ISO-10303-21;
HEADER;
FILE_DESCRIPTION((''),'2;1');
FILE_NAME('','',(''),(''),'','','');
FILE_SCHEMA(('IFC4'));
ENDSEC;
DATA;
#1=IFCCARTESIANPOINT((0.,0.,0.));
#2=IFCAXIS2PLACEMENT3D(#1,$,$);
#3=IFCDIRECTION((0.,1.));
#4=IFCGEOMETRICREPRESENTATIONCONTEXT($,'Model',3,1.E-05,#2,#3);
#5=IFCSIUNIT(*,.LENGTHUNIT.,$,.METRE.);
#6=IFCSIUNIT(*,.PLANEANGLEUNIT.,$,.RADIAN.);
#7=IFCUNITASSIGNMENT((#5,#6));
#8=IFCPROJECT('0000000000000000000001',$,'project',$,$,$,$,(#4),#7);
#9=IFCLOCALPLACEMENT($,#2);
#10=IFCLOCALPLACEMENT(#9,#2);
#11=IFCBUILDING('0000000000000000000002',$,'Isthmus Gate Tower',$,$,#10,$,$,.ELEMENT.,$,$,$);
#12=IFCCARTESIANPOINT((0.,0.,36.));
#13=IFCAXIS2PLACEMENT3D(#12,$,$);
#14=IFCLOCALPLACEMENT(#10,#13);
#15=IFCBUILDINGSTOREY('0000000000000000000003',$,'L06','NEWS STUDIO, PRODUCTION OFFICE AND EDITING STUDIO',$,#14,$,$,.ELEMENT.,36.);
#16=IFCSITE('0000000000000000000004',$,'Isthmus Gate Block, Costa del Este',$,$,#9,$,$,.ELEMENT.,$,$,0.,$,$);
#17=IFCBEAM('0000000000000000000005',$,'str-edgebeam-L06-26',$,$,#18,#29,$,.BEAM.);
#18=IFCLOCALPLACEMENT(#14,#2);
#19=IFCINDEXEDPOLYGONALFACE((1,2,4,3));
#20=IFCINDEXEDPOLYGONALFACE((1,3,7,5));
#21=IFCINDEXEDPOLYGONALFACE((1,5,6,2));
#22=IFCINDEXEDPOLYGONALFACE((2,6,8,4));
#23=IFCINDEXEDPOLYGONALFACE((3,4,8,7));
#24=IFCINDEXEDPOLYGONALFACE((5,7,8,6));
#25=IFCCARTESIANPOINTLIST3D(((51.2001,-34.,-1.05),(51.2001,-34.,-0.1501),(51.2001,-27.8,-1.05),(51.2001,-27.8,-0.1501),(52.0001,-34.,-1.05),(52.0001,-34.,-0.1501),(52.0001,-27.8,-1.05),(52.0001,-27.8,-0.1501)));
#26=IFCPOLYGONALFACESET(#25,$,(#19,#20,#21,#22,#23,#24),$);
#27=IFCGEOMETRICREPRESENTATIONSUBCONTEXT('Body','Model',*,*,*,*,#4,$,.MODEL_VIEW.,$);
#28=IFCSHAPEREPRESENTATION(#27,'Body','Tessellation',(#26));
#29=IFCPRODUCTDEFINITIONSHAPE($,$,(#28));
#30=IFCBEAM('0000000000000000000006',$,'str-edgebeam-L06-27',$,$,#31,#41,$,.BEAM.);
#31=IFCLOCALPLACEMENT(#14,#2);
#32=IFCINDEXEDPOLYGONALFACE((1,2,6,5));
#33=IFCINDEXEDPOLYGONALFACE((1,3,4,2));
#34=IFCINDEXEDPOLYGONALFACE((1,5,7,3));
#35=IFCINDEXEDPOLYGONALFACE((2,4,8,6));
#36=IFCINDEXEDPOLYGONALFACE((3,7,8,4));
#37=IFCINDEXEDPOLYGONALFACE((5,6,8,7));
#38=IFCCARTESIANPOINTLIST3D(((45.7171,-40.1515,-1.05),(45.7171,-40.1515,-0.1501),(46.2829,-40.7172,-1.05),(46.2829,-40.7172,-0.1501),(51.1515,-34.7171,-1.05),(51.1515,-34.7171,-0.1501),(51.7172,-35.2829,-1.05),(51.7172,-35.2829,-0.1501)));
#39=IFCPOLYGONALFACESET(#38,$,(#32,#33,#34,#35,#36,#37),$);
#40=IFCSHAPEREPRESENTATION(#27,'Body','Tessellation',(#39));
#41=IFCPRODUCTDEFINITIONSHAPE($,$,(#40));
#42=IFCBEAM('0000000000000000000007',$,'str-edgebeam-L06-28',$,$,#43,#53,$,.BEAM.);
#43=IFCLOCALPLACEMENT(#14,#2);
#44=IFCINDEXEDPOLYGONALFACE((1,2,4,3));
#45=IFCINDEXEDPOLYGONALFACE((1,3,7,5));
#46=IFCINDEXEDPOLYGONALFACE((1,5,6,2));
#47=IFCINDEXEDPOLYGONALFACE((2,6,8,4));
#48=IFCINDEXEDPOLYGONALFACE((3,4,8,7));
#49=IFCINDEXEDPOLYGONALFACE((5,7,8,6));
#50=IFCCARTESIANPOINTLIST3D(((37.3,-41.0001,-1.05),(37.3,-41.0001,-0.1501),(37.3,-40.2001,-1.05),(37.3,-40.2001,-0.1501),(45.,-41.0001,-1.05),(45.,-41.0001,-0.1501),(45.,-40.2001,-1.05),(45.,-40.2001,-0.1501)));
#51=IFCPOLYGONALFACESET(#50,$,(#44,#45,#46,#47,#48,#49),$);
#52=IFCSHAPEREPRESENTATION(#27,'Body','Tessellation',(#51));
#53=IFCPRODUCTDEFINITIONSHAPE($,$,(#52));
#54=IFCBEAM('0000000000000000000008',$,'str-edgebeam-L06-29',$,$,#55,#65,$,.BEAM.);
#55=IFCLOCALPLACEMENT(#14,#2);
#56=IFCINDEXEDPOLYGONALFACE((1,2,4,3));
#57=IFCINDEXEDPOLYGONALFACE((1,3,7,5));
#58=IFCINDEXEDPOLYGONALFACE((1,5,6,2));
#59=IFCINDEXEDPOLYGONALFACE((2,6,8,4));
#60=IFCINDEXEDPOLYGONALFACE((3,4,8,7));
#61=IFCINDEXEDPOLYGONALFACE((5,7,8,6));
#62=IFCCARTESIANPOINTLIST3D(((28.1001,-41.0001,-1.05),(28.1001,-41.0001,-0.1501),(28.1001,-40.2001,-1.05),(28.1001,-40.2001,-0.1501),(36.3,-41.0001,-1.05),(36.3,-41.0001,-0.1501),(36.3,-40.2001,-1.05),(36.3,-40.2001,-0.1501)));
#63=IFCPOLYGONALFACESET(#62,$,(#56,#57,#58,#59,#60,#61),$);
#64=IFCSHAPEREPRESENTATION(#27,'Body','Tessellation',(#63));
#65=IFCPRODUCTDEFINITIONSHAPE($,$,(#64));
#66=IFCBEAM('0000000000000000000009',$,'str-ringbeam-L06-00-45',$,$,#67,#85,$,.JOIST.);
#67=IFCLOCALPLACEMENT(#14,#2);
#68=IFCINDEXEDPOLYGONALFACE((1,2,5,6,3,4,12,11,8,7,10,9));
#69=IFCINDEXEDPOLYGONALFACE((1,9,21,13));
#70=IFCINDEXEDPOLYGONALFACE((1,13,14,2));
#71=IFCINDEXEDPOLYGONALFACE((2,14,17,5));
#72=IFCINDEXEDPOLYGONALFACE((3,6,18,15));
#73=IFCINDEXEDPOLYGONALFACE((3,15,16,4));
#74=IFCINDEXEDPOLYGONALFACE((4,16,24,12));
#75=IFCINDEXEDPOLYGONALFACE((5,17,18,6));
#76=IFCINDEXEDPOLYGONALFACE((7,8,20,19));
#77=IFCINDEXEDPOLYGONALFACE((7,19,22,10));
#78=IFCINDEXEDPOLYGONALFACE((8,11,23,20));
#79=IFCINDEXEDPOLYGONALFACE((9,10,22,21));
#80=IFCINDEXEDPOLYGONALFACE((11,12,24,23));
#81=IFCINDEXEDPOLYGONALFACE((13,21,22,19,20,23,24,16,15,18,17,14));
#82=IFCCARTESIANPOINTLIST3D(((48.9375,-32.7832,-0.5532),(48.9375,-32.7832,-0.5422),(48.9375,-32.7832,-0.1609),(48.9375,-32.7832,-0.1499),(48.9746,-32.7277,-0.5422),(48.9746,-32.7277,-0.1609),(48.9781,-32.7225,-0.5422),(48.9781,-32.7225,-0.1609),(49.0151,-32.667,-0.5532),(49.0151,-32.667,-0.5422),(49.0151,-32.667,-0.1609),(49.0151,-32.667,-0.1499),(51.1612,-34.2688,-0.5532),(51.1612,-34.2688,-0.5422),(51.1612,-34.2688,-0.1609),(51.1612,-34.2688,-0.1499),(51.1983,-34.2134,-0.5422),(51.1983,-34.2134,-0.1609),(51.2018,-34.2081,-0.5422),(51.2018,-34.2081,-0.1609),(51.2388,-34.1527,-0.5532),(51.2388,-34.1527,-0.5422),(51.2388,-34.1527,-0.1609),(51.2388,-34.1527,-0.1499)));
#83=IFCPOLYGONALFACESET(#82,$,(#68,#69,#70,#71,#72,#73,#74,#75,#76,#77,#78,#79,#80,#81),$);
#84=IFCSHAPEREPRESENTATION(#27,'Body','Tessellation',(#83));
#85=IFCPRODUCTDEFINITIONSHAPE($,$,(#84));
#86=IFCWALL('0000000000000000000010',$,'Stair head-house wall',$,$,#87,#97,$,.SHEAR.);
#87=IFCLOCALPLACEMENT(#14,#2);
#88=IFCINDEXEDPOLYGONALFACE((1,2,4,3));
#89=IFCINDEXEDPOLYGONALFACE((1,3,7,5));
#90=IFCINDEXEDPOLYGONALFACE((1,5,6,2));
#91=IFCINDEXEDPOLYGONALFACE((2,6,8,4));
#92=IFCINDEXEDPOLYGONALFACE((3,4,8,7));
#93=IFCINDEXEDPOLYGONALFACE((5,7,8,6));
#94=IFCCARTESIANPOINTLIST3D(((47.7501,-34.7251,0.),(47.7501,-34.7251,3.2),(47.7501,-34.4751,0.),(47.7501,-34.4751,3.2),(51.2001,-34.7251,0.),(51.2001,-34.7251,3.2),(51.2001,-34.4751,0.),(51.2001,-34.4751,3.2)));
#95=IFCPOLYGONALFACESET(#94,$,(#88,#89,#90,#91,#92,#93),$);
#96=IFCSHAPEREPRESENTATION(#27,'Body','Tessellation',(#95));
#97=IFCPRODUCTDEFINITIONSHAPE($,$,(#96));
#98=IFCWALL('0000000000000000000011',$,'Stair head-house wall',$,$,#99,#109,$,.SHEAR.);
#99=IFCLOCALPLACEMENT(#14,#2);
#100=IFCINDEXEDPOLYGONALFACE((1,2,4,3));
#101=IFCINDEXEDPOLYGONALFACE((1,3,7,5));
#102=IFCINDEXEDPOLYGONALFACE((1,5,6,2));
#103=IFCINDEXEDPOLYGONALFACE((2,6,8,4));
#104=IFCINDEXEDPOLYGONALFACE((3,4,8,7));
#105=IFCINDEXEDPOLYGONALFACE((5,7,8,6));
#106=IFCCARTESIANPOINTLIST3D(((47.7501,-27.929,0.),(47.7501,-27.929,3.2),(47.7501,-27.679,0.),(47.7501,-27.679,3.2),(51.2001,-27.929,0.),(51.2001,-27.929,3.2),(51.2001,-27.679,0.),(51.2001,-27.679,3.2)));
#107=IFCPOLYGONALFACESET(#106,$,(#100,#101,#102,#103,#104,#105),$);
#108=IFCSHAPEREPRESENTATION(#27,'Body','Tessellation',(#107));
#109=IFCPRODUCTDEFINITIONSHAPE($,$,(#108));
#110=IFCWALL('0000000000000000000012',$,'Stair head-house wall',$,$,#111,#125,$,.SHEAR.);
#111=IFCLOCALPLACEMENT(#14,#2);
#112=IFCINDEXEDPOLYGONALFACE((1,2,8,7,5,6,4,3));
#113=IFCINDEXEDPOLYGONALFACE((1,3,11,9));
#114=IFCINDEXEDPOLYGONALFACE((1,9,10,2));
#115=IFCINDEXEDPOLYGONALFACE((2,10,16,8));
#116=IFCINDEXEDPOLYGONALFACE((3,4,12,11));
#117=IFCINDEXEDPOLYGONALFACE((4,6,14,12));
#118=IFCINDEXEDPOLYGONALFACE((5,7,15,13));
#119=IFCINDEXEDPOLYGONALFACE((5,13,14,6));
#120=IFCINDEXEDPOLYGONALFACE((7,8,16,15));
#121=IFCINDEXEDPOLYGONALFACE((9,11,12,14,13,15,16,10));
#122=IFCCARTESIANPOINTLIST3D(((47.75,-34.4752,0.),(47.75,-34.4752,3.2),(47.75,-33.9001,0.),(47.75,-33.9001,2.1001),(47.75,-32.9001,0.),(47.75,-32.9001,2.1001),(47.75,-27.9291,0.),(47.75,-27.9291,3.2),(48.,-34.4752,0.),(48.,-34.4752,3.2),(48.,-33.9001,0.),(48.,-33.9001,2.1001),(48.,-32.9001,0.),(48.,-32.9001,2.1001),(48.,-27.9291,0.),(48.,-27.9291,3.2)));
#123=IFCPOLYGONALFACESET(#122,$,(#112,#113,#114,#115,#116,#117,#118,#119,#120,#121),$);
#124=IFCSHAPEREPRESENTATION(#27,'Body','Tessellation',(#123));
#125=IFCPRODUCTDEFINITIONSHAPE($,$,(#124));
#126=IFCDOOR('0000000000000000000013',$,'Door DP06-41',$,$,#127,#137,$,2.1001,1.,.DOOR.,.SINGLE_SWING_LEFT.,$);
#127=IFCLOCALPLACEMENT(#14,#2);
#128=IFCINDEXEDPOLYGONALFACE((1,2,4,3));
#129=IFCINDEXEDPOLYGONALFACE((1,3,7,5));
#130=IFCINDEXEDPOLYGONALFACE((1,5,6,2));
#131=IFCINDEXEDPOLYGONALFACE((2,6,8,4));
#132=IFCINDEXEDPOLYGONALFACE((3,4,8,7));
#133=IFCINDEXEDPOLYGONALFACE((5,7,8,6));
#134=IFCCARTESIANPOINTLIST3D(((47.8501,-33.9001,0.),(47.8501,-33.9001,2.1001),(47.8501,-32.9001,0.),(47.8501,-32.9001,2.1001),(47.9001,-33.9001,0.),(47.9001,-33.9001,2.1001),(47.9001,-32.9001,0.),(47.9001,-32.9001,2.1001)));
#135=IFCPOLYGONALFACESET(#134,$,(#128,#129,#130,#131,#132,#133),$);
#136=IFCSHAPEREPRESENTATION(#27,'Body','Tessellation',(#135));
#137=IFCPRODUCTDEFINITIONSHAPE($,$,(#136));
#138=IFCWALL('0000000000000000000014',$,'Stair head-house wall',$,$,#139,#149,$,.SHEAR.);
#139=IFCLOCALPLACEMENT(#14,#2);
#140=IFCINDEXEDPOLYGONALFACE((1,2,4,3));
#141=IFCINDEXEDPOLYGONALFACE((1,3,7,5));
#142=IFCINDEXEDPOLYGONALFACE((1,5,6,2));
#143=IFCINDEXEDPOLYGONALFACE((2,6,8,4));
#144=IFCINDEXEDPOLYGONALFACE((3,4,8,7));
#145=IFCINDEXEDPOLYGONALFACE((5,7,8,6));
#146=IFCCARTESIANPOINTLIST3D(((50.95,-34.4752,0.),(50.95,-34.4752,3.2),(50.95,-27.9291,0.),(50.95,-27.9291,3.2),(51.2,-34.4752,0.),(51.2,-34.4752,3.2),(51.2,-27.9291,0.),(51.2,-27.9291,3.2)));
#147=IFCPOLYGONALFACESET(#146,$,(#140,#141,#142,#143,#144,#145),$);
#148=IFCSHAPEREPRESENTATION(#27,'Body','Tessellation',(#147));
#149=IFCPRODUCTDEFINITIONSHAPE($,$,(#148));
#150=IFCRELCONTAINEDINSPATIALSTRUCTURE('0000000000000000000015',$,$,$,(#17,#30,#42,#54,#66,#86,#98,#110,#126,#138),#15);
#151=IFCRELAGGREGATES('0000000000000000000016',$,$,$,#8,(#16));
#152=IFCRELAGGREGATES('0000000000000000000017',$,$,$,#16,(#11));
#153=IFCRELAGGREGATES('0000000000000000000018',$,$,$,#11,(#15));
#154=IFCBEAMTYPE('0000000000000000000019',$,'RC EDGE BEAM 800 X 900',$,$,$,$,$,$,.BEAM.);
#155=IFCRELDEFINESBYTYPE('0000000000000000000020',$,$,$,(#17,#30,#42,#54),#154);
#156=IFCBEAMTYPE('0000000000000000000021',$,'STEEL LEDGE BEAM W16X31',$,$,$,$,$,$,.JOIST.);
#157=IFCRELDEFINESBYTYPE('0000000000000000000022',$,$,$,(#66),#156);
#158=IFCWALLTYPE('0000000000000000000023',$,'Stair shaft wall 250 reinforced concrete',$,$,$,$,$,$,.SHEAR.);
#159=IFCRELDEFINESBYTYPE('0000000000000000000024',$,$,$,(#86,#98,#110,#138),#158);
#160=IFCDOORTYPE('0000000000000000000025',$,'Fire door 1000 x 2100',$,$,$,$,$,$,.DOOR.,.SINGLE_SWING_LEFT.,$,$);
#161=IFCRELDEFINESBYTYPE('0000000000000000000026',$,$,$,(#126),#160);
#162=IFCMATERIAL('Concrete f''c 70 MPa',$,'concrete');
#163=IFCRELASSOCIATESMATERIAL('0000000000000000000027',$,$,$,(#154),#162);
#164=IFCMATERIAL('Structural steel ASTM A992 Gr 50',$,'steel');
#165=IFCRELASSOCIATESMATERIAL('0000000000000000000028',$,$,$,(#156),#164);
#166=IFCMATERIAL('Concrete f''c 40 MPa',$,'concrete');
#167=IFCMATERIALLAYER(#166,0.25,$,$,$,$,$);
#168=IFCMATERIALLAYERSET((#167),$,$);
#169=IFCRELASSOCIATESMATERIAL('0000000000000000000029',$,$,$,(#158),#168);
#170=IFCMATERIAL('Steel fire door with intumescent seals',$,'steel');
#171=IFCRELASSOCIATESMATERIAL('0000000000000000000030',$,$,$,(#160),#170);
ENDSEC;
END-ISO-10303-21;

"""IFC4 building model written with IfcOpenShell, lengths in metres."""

from ifc_helpers import new_model, si_unit, direction, frame, frame_2d, origin, origin_2d, place, context, subcontext, project, spatial, rectangle, i_section, extrude, material, layer, layer_set, material_profile, profile_set, type_object, element, fill, save


model = new_model("IFC4")

# Units and contexts
model_context = context("Model", 3, precision=1e-05, world=origin(), true_north=direction((0.0, 1.0)))
body_context = subcontext(model_context, "Body", "Model", "MODEL_VIEW")
ifc_project = project(units=[si_unit("LENGTHUNIT", "METRE"), si_unit("PLANEANGLEUNIT", "RADIAN")], contexts=[model_context])

# Site, building, storey
site_placement = place(None, origin())
site = spatial("IfcSite", under=ifc_project, at=site_placement, Name="Isthmus Gate Block, Costa del Este", CompositionType="ELEMENT", RefElevation=0.0)
building_placement = place(site_placement, origin())
building = spatial("IfcBuilding", under=site, at=building_placement, Name="Isthmus Gate Tower", CompositionType="ELEMENT")
storey_placement = place(building_placement, frame((0.0, 0.0, 36.0)))
storey = spatial("IfcBuildingStorey", under=building, at=storey_placement, Name="L06", Description="NEWS STUDIO, PRODUCTION OFFICE AND EDITING STUDIO", CompositionType="ELEMENT", Elevation=36.0)

# Beams
ifc_material_1 = material(Name="Concrete f'c 70 MPa", Category="concrete")
ifc_material_profile_1 = material_profile(ifc_material_1, rectangle(XDim=0.8, YDim=0.8999, at=origin_2d()), Name="RC 800X900")
ifc_profile_set_1 = profile_set([ifc_material_profile_1], Name="Concrete f'c 70 MPa")
beam_type_1 = type_object("IfcBeamType", Name="RC EDGE BEAM 800 X 900", PredefinedType="BEAM", material=ifc_profile_set_1)
beam_1_placement = place(storey_placement, frame((51.6001, -27.8, -0.6001), z_axis=(0.0, -1.0, 0.0), x_axis=(1.0, 0.0, 0.0)))
element("IfcBeam", 1, at=beam_1_placement, inside=storey, type_object=beam_type_1, Name="str-edgebeam-L06-26", PredefinedType="BEAM", context=body_context, shape_type="SweptSolid", body=[
    extrude(rectangle(XDim=0.8, YDim=0.8999, at=origin_2d()), origin(), (0.0, 0.0, 1.0), 6.2),
])
beam_2_placement = place(storey_placement, frame((51.4343, -35.0, -0.6001), z_axis=(-0.707107, -0.707107, 0.0), x_axis=(0.707107, -0.707107, 0.0)))
element("IfcBeam", 2, at=beam_2_placement, inside=storey, type_object=beam_type_1, Name="str-edgebeam-L06-27", PredefinedType="BEAM", context=body_context, shape_type="SweptSolid", body=[
    extrude(rectangle(XDim=0.8, YDim=0.8999, at=origin_2d()), origin(), (0.0, 0.0, 1.0), 7.6853),
])
beam_3_placement = place(storey_placement, frame((45.0, -40.6001, -0.6001), z_axis=(-1.0, 0.0, 0.0), x_axis=(0.0, -1.0, 0.0)))
element("IfcBeam", 3, at=beam_3_placement, inside=storey, type_object=beam_type_1, Name="str-edgebeam-L06-28", PredefinedType="BEAM", context=body_context, shape_type="SweptSolid", body=[
    extrude(rectangle(XDim=0.8, YDim=0.8999, at=origin_2d()), origin(), (0.0, 0.0, 1.0), 7.7),
])
beam_4_placement = place(storey_placement, frame((36.3, -40.6001, -0.6001), z_axis=(-1.0, 0.0, 0.0), x_axis=(0.0, -1.0, 0.0)))
element("IfcBeam", 4, at=beam_4_placement, inside=storey, type_object=beam_type_1, Name="str-edgebeam-L06-29", PredefinedType="BEAM", context=body_context, shape_type="SweptSolid", body=[
    extrude(rectangle(XDim=0.8, YDim=0.8999, at=origin_2d()), origin(), (0.0, 0.0, 1.0), 8.2),
])
ifc_material_2 = material(Name="Structural steel ASTM A992 Gr 50", Category="steel")
ifc_material_profile_2 = material_profile(ifc_material_2, i_section(OverallWidth=0.1396, OverallDepth=0.4033, WebThickness=0.0063, FlangeThickness=0.011, at=origin_2d()), Name="W16X31")
ifc_profile_set_2 = profile_set([ifc_material_profile_2], Name="Structural steel ASTM A992 Gr 50")
beam_type_2 = type_object("IfcBeamType", Name="STEEL LEDGE BEAM W16X31", PredefinedType="JOIST", material=ifc_profile_set_2)
beam_5_placement = place(storey_placement, frame((48.9763, -32.7251, -0.3516), z_axis=(0.831502, -0.555522, 0.0), x_axis=(0.555522, 0.831502, 0.0)))
element("IfcBeam", 5, at=beam_5_placement, inside=storey, type_object=beam_type_2, Name="str-ringbeam-L06-00-45", PredefinedType="JOIST", context=body_context, shape_type="SweptSolid", body=[
    extrude(i_section(OverallWidth=0.1396, OverallDepth=0.4033, WebThickness=0.0063, FlangeThickness=0.011, at=origin_2d()), origin(), (0.0, 0.0, 1.0), 2.6743),
])

# Walls
ifc_material_3 = material(Name="Concrete f'c 40 MPa", Category="concrete")
ifc_layer = layer(ifc_material_3, 0.25)
ifc_layer_set = layer_set([ifc_layer])
wall_type = type_object("IfcWallType", Name="Stair shaft wall 250 reinforced concrete", PredefinedType="SHEAR", material=ifc_layer_set)
for number, where, z_axis, x_axis, name in (
    (6, (47.75, -34.6001, 0.0), (0.0, 0.0, 1.0), (1.0, 0.0, 0.0), "Stair head-house wall"),
    (7, (47.75, -27.804, 0.0), (0.0, 0.0, 1.0), (1.0, 0.0, 0.0), "Stair head-house wall"),
):
    element("IfcWall", number, at=place(storey_placement, frame(where, z_axis=z_axis, x_axis=x_axis)), inside=storey, type_object=wall_type, Name=name, PredefinedType="SHEAR", context=body_context, shape_type="SweptSolid", body=[
        extrude(rectangle(XDim=3.45, YDim=0.25, at=frame_2d((1.7251, 0.0))), origin(), (0.0, 0.0, 1.0), 3.2),
    ])

# Wall, opening, door
wall_1_placement = place(storey_placement, frame((47.875, -34.4751, 0.0), z_axis=(0.0, 0.0, 1.0), x_axis=(0.0, 1.0, 0.0)))
wall_1 = element("IfcWall", 8, at=wall_1_placement, inside=storey, type_object=wall_type, Name="Stair head-house wall", PredefinedType="SHEAR", context=body_context, shape_type="SweptSolid", body=[
    extrude(rectangle(XDim=6.5461, YDim=0.25, at=frame_2d((3.2729, 0.0))), origin(), (0.0, 0.0, 1.0), 3.2),
])
opening_placement = place(wall_1_placement, frame((0.575, 0.0, 0.0)))
opening = element("IfcOpeningElement", 9, at=opening_placement, cuts=wall_1, PredefinedType="OPENING", context=body_context, shape_type="SweptSolid", body=[
    extrude(rectangle(XDim=1.0, YDim=2.1001, at=frame_2d((0.5, 1.05))), frame((0.0, 0.135, 0.0), z_axis=(0.0, -1.0, 0.0), x_axis=(1.0, 0.0, 0.0)), (0.0, 0.0, 1.0), 0.27),
])
ifc_material_4 = material(Name="Steel fire door with intumescent seals", Category="steel")
door_type = type_object("IfcDoorType", Name="Fire door 1000 x 2100", OperationType="SINGLE_SWING_LEFT", PredefinedType="DOOR", material=ifc_material_4)
door_placement = place(opening_placement, origin())
door = element("IfcDoor", 10, at=door_placement, inside=storey, type_object=door_type, Name="Door DP06-41", OperationType="SINGLE_SWING_LEFT", OverallHeight=2.1001, OverallWidth=1.0, PredefinedType="DOOR", context=body_context, shape_type="SweptSolid", body=[
    extrude(rectangle(XDim=1.0, YDim=2.1001, at=frame_2d((0.5, 1.05))), frame((0.0, 0.0249, 0.0), z_axis=(0.0, -1.0, 0.0), x_axis=(1.0, 0.0, 0.0)), (0.0, 0.0, 1.0), 0.05),
])
fill(opening, door)

# Wall
wall_2_placement = place(storey_placement, frame((51.075, -34.4751, 0.0), z_axis=(0.0, 0.0, 1.0), x_axis=(0.0, 1.0, 0.0)))
element("IfcWall", 11, at=wall_2_placement, inside=storey, type_object=wall_type, Name="Stair head-house wall", PredefinedType="SHEAR", context=body_context, shape_type="SweptSolid", body=[
    extrude(rectangle(XDim=6.5461, YDim=0.25, at=frame_2d((3.2729, 0.0))), origin(), (0.0, 0.0, 1.0), 3.2),
])

save(model, "model.ifc")
